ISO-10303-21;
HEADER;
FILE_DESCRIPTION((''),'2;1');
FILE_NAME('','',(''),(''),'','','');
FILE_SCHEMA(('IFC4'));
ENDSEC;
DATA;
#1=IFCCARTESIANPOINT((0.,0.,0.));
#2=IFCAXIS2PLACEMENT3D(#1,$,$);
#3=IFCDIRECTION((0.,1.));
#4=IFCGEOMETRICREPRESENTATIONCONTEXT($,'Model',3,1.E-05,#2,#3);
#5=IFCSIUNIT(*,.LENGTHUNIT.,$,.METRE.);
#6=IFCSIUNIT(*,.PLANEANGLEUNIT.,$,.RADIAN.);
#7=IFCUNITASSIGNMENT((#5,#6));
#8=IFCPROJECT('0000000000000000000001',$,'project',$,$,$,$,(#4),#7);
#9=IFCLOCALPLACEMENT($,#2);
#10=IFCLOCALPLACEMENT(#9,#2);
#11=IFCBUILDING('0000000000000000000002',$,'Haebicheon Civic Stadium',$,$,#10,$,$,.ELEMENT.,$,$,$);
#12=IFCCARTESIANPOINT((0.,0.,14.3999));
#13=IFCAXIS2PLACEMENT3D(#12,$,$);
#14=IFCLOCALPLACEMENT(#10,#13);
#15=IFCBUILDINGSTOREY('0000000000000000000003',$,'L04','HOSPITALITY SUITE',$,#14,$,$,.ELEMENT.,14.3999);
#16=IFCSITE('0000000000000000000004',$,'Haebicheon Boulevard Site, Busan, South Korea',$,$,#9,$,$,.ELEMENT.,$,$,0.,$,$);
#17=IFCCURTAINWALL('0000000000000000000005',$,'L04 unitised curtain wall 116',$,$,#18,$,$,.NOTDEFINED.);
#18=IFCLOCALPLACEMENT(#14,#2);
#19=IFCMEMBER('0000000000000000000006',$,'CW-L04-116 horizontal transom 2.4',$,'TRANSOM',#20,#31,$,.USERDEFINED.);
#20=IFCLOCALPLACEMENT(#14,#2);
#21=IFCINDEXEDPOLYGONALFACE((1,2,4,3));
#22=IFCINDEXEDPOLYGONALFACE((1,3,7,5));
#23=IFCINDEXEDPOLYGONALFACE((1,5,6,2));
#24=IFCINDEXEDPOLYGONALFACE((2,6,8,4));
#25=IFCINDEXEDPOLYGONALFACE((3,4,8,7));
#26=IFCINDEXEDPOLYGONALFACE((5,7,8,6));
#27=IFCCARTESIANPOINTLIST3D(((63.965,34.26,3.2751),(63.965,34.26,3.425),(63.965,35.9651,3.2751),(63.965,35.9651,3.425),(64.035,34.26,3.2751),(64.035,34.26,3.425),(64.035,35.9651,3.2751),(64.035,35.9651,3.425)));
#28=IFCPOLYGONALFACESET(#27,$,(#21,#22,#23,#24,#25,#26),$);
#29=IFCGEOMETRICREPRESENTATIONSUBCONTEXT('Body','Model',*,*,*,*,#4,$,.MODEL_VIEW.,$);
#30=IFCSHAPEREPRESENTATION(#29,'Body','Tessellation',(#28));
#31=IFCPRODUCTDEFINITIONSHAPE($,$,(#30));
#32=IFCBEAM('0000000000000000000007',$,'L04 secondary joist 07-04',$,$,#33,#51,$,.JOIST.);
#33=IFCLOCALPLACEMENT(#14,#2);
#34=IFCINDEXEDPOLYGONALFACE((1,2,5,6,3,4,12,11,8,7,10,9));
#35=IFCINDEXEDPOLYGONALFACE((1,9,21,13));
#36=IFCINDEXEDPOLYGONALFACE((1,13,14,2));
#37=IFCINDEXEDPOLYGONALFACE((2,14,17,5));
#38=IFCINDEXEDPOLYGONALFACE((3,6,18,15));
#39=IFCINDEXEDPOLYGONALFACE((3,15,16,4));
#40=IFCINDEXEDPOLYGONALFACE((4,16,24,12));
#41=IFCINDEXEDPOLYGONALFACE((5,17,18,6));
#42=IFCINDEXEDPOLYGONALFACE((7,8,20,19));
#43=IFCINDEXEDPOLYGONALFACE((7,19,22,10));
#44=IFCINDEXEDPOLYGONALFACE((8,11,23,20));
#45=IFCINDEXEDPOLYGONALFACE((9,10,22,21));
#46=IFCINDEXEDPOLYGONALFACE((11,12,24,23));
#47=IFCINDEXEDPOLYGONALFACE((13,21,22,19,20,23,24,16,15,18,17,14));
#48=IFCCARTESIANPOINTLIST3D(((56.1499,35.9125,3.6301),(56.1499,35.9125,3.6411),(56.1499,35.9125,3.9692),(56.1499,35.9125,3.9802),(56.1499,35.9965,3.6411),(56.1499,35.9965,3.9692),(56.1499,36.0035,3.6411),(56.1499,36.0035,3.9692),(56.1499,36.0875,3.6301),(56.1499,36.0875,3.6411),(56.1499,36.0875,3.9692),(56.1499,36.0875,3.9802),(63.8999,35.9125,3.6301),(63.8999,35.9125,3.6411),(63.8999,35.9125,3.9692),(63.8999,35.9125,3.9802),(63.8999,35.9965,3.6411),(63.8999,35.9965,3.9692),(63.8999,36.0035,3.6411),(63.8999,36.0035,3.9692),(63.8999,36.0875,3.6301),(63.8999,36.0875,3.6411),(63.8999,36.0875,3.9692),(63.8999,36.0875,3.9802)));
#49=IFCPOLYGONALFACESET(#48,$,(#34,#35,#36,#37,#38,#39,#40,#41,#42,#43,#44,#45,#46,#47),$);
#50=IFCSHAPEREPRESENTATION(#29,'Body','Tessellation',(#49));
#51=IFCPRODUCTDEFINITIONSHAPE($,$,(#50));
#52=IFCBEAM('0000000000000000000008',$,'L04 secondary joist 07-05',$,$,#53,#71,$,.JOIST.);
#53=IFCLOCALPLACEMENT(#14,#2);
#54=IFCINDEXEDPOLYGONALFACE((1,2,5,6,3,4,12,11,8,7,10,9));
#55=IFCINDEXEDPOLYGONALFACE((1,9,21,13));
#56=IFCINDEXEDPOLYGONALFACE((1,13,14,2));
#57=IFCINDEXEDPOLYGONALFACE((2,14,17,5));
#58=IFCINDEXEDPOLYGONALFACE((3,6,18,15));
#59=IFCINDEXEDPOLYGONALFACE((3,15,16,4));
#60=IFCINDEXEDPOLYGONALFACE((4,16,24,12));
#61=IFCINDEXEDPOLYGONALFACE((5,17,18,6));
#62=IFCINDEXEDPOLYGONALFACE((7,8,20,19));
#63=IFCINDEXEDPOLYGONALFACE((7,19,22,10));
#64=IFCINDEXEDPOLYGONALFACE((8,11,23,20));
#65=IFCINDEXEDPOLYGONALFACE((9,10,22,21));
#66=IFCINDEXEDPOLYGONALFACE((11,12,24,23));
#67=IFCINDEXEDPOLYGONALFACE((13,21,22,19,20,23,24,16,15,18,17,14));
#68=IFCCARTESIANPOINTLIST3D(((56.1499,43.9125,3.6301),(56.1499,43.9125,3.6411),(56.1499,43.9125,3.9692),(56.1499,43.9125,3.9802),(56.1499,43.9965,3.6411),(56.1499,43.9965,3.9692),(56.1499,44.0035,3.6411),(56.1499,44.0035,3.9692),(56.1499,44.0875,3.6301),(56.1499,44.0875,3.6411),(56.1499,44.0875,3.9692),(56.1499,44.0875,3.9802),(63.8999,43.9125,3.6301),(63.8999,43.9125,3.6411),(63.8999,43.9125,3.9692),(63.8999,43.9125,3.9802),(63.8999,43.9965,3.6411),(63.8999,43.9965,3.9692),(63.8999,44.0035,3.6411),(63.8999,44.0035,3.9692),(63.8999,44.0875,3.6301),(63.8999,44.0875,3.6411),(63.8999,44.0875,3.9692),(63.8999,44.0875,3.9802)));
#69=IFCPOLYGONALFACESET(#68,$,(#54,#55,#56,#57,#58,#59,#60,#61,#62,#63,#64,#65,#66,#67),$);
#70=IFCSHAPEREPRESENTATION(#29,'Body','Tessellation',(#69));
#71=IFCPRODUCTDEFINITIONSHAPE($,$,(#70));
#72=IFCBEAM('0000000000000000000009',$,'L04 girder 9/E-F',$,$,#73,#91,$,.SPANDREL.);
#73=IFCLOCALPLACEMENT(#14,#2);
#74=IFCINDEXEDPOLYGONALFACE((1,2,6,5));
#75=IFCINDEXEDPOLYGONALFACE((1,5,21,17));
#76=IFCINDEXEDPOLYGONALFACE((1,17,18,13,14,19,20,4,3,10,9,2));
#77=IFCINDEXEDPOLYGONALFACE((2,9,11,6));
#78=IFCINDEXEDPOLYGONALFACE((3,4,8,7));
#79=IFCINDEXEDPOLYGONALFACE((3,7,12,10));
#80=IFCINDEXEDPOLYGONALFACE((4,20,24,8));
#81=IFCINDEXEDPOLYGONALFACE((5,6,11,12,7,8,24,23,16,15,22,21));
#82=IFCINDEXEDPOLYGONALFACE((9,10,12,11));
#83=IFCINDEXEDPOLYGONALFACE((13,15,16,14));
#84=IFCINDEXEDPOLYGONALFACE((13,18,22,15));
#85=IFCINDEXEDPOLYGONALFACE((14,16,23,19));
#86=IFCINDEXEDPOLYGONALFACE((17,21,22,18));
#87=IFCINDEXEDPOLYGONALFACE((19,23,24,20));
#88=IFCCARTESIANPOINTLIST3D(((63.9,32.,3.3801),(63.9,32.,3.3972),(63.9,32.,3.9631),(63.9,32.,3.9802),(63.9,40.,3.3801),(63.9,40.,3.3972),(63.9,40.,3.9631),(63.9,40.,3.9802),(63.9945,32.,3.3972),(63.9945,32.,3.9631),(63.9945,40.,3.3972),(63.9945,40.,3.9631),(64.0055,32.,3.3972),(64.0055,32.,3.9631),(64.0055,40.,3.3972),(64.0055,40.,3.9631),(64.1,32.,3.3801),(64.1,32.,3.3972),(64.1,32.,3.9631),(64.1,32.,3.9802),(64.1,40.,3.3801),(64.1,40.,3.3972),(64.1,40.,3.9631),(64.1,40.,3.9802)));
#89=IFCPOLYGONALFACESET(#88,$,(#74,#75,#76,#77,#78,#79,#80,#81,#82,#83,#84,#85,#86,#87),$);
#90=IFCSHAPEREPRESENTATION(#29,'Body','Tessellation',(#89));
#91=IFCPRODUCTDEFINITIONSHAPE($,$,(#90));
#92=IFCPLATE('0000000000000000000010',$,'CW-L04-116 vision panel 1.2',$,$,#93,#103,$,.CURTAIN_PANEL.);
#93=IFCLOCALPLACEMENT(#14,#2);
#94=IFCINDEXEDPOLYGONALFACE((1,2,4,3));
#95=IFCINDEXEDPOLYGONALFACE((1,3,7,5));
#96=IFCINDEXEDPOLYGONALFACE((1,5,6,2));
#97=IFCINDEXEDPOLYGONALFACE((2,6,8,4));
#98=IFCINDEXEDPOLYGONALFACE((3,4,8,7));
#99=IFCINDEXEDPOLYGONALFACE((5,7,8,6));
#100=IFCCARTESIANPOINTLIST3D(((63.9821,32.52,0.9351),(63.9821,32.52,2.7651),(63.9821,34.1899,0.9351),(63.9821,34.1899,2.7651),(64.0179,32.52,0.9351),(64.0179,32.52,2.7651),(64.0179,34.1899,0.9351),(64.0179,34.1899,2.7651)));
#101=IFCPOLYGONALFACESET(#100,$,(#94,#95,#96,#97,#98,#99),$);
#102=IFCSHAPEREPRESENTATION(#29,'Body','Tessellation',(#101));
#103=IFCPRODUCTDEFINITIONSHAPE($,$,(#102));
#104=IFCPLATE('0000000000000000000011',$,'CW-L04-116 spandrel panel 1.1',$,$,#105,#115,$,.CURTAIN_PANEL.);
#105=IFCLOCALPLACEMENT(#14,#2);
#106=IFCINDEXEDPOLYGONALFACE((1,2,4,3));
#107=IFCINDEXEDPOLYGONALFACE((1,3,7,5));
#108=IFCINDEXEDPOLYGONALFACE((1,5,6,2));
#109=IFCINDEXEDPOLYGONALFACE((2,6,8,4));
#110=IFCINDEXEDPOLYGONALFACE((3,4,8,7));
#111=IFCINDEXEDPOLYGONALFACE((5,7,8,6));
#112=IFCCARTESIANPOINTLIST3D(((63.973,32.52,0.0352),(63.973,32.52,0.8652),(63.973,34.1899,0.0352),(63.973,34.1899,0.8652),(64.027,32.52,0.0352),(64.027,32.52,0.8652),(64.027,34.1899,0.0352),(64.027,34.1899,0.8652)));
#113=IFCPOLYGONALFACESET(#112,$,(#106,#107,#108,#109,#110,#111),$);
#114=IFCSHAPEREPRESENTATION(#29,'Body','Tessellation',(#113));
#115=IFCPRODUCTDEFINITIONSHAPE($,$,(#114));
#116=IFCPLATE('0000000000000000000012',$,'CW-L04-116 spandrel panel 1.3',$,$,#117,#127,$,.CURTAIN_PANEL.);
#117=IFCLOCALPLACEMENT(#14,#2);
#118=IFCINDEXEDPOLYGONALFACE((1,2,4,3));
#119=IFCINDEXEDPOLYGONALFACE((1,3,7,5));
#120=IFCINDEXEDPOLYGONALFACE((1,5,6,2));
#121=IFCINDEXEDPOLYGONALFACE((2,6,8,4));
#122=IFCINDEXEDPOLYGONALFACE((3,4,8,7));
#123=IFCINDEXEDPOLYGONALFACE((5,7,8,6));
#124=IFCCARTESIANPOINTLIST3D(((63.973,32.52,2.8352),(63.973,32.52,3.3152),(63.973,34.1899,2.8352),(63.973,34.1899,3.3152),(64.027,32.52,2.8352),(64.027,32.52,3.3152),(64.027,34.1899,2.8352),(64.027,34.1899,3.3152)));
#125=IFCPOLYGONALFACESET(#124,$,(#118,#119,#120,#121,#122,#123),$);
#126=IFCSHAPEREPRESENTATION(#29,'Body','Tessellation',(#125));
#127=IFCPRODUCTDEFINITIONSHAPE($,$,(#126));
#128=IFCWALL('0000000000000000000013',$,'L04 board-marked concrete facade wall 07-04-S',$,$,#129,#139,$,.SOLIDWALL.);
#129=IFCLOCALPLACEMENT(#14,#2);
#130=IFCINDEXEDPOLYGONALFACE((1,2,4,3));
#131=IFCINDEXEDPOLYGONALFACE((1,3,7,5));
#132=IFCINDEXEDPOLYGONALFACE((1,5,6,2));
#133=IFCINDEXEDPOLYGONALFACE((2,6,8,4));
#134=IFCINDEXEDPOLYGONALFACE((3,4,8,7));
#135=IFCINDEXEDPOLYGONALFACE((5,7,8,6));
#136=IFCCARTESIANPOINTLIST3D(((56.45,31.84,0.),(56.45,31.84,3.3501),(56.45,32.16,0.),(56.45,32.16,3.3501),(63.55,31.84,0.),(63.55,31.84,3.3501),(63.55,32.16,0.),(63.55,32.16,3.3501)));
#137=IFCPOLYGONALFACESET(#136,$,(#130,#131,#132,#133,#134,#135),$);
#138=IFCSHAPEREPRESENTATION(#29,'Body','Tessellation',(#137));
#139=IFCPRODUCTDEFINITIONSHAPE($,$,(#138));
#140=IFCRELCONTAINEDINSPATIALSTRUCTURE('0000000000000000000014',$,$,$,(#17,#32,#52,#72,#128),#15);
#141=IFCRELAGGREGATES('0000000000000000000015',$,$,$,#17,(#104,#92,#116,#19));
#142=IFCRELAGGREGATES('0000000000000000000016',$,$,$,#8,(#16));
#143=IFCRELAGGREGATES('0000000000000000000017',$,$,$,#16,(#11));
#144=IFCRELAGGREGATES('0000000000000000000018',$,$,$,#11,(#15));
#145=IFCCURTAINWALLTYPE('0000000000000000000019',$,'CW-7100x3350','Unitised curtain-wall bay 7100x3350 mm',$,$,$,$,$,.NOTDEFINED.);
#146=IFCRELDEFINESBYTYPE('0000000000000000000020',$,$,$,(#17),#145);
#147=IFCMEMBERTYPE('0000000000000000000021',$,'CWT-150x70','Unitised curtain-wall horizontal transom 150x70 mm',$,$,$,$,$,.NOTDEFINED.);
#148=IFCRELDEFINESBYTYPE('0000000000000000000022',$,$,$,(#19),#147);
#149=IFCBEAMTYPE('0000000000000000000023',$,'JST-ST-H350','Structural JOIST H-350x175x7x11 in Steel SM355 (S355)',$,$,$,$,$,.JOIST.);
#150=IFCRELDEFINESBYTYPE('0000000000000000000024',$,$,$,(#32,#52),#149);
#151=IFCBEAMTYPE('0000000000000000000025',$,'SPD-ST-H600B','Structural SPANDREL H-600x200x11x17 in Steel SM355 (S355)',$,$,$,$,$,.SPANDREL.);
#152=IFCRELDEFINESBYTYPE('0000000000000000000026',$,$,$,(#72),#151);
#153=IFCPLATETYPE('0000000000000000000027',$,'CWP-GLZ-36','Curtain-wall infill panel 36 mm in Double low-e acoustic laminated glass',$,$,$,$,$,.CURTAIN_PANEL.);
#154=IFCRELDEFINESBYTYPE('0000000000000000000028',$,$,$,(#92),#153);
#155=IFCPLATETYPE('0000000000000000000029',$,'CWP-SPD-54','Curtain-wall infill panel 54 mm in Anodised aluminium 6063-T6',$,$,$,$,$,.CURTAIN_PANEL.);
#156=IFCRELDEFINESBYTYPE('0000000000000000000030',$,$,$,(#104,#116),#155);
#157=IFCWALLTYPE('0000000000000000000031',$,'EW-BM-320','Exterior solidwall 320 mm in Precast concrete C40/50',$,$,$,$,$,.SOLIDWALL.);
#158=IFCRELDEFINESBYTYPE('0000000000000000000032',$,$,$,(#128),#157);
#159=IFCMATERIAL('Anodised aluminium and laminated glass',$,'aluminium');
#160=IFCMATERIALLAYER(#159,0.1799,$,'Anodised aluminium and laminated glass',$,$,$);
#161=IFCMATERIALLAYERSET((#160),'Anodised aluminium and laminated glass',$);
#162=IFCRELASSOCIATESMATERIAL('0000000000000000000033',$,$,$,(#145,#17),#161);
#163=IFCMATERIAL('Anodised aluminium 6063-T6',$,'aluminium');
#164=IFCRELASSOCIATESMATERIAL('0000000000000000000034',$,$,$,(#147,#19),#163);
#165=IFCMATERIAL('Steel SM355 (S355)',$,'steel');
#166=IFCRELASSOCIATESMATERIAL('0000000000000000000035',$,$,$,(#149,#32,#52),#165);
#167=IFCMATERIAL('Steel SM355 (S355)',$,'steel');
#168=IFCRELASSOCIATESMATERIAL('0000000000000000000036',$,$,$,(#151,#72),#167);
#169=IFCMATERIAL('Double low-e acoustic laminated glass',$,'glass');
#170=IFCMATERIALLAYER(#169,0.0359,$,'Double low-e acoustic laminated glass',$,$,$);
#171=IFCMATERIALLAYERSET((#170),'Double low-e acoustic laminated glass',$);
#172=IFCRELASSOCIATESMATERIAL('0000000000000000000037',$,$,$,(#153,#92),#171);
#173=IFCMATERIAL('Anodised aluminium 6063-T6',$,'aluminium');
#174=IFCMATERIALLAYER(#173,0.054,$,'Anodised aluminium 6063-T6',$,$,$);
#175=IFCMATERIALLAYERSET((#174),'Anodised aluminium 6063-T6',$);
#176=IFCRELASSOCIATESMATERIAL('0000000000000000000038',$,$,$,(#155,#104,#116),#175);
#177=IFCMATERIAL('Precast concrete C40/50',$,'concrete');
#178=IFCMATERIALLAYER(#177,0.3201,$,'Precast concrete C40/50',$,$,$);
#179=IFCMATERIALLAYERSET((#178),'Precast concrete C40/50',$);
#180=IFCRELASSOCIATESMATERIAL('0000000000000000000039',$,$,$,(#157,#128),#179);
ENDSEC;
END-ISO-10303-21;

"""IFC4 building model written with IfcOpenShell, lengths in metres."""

from ifc_helpers import new_model, si_unit, direction, frame, frame_2d, origin, origin_2d, place, context, subcontext, project, spatial, rectangle, i_section, extrude, material, layer, layer_set, material_profile, profile_set, type_object, element, aggregate, save


model = new_model("IFC4")

# Units and contexts
model_context = context("Model", 3, precision=1e-05, world=origin(), true_north=direction((0.0, 1.0)))
body_context = subcontext(model_context, "Body", "Model", "MODEL_VIEW")
ifc_project = project(units=[si_unit("LENGTHUNIT", "METRE"), si_unit("PLANEANGLEUNIT", "RADIAN")], contexts=[model_context])

# Site, building, storey
site_placement = place(None, origin())
site = spatial("IfcSite", under=ifc_project, at=site_placement, Name="Haebicheon Boulevard Site, Busan, South Korea", CompositionType="ELEMENT", RefElevation=0.0)
building_placement = place(site_placement, origin())
building = spatial("IfcBuilding", under=site, at=building_placement, Name="Haebicheon Civic Stadium", CompositionType="ELEMENT")
storey_placement = place(building_placement, frame((0.0, 0.0, 14.3999)))
storey = spatial("IfcBuildingStorey", under=building, at=storey_placement, Name="L04", Description="HOSPITALITY SUITE", CompositionType="ELEMENT", Elevation=14.3999)

# Curtain wall, member
ifc_material_1 = material(Name="Anodised aluminium and laminated glass", Category="aluminium")
ifc_layer_1 = layer(ifc_material_1, 0.1799, Name="Anodised aluminium and laminated glass")
ifc_layer_set_1 = layer_set([ifc_layer_1], Name="Anodised aluminium and laminated glass")
curtain_wall_type = type_object("IfcCurtainWallType", Name="CW-7100x3350", Description="Unitised curtain-wall bay 7100x3350 mm", PredefinedType="NOTDEFINED", material=ifc_layer_set_1)
curtain_wall_placement = place(storey_placement, origin())
curtain_wall = element("IfcCurtainWall", 1, at=curtain_wall_placement, inside=storey, type_object=curtain_wall_type, material=ifc_layer_set_1, Name="L04 unitised curtain wall 116", PredefinedType="NOTDEFINED")
ifc_material_2 = material(Name="Anodised aluminium 6063-T6", Category="aluminium")
ifc_material_profile_1 = material_profile(ifc_material_2, rectangle(XDim=0.0701, YDim=0.1499, at=origin_2d()), Name="ALU-TRAN-70x150")
ifc_profile_set_1 = profile_set([ifc_material_profile_1], Name="Anodised aluminium 6063-T6")
member_type_1 = type_object("IfcMemberType", Name="CWT-150x70", Description="Unitised curtain-wall horizontal transom 150x70 mm", PredefinedType="NOTDEFINED", material=ifc_profile_set_1)
member_1_placement = place(storey_placement, frame((64.0, 34.26, 3.3501), z_axis=(0.0, 1.0, 0.0), x_axis=(-1.0, 0.0, 0.0)))
member_1 = element("IfcMember", 2, at=member_1_placement, type_object=member_type_1, material=ifc_profile_set_1, Name="CW-L04-116 horizontal transom 2.4", ObjectType="TRANSOM", PredefinedType="USERDEFINED", context=body_context, shape_type="SweptSolid", body=[
    extrude(rectangle(XDim=0.0701, YDim=0.1499, at=origin_2d()), origin(), (0.0, 0.0, 1.0), 1.7051),
])

# Beams
ifc_material_3 = material(Name="Steel SM355 (S355)", Category="steel")
ifc_material_profile_2 = material_profile(ifc_material_3, i_section(OverallWidth=0.175, OverallDepth=0.3501, WebThickness=0.0071, FlangeThickness=0.011, at=origin_2d()), Name="H-350x175x7x11")
ifc_profile_set_2 = profile_set([ifc_material_profile_2], Name="Steel SM355 (S355)")
beam_type_1 = type_object("IfcBeamType", Name="JST-ST-H350", Description="Structural JOIST H-350x175x7x11 in Steel SM355 (S355)", PredefinedType="JOIST", material=ifc_profile_set_2)
for number, where, z_axis, x_axis, name in (
    (3, (56.1499, 36.0, 3.8052), (1.0, 0.0, 0.0), (0.0, 1.0, 0.0), "L04 secondary joist 07-04"),
    (4, (56.1499, 44.0, 3.8052), (1.0, 0.0, 0.0), (0.0, 1.0, 0.0), "L04 secondary joist 07-05"),
):
    element("IfcBeam", number, at=place(storey_placement, frame(where, z_axis=z_axis, x_axis=x_axis)), inside=storey, type_object=beam_type_1, material=ifc_profile_set_2, Name=name, PredefinedType="JOIST", context=body_context, shape_type="SweptSolid", body=[
        extrude(i_section(OverallWidth=0.175, OverallDepth=0.3501, WebThickness=0.0071, FlangeThickness=0.011, at=origin_2d()), origin(), (0.0, 0.0, 1.0), 7.75),
    ])
ifc_material_4 = material(Name="Steel SM355 (S355)", Category="steel")
ifc_material_profile_3 = material_profile(ifc_material_4, i_section(OverallWidth=0.2, OverallDepth=0.6001, WebThickness=0.011, FlangeThickness=0.0171, at=origin_2d()), Name="H-600x200x11x17")
ifc_profile_set_3 = profile_set([ifc_material_profile_3], Name="Steel SM355 (S355)")
beam_type_2 = type_object("IfcBeamType", Name="SPD-ST-H600B", Description="Structural SPANDREL H-600x200x11x17 in Steel SM355 (S355)", PredefinedType="SPANDREL", material=ifc_profile_set_3)
beam_1_placement = place(storey_placement, frame((64.0, 32.0, 3.6802), z_axis=(0.0, 1.0, 0.0), x_axis=(-1.0, 0.0, 0.0)))
element("IfcBeam", 5, at=beam_1_placement, inside=storey, type_object=beam_type_2, material=ifc_profile_set_3, Name="L04 girder 9/E-F", PredefinedType="SPANDREL", context=body_context, shape_type="SweptSolid", body=[
    extrude(i_section(OverallWidth=0.2, OverallDepth=0.6001, WebThickness=0.011, FlangeThickness=0.0171, at=origin_2d()), origin(), (0.0, 0.0, 1.0), 8.0),
])

# Plates
ifc_material_5 = material(Name="Double low-e acoustic laminated glass", Category="glass")
ifc_layer_2 = layer(ifc_material_5, 0.0359, Name="Double low-e acoustic laminated glass")
ifc_layer_set_2 = layer_set([ifc_layer_2], Name="Double low-e acoustic laminated glass")
plate_type_1 = type_object("IfcPlateType", Name="CWP-GLZ-36", Description="Curtain-wall infill panel 36 mm in Double low-e acoustic laminated glass", PredefinedType="CURTAIN_PANEL", material=ifc_layer_set_2)
plate_1_placement = place(storey_placement, frame((64.0, 33.355, 0.9351), z_axis=(0.0, 0.0, 1.0), x_axis=(0.0, 1.0, 0.0)))
plate_1 = element("IfcPlate", 6, at=plate_1_placement, type_object=plate_type_1, material=ifc_layer_set_2, Name="CW-L04-116 vision panel 1.2", PredefinedType="CURTAIN_PANEL", context=body_context, shape_type="SweptSolid", body=[
    extrude(rectangle(XDim=1.6699, YDim=0.0359, at=origin_2d()), origin(), (0.0, 0.0, 1.0), 1.8301),
])
ifc_material_6 = material(Name="Anodised aluminium 6063-T6", Category="aluminium")
ifc_layer_3 = layer(ifc_material_6, 0.054, Name="Anodised aluminium 6063-T6")
ifc_layer_set_3 = layer_set([ifc_layer_3], Name="Anodised aluminium 6063-T6")
plate_type_2 = type_object("IfcPlateType", Name="CWP-SPD-54", Description="Curtain-wall infill panel 54 mm in Anodised aluminium 6063-T6", PredefinedType="CURTAIN_PANEL", material=ifc_layer_set_3)
plate_2_placement = place(storey_placement, frame((64.0, 33.355, 0.0352), z_axis=(0.0, 0.0, 1.0), x_axis=(0.0, 1.0, 0.0)))
plate_2 = element("IfcPlate", 7, at=plate_2_placement, type_object=plate_type_2, material=ifc_layer_set_3, Name="CW-L04-116 spandrel panel 1.1", PredefinedType="CURTAIN_PANEL", context=body_context, shape_type="SweptSolid", body=[
    extrude(rectangle(XDim=1.6699, YDim=0.054, at=origin_2d()), origin(), (0.0, 0.0, 1.0), 0.8301),
])
plate_3_placement = place(storey_placement, frame((64.0, 33.355, 2.8352), z_axis=(0.0, 0.0, 1.0), x_axis=(0.0, 1.0, 0.0)))
plate_3 = element("IfcPlate", 8, at=plate_3_placement, type_object=plate_type_2, material=ifc_layer_set_3, Name="CW-L04-116 spandrel panel 1.3", PredefinedType="CURTAIN_PANEL", context=body_context, shape_type="SweptSolid", body=[
    extrude(rectangle(XDim=1.6699, YDim=0.054, at=origin_2d()), origin(), (0.0, 0.0, 1.0), 0.48),
])
aggregate(curtain_wall, [plate_2, plate_1, plate_3, member_1])

# Wall
ifc_material_7 = material(Name="Precast concrete C40/50", Category="concrete")
ifc_layer_4 = layer(ifc_material_7, 0.3201, Name="Precast concrete C40/50")
ifc_layer_set_4 = layer_set([ifc_layer_4], Name="Precast concrete C40/50")
wall_type = type_object("IfcWallType", Name="EW-BM-320", Description="Exterior solidwall 320 mm in Precast concrete C40/50", PredefinedType="SOLIDWALL", material=ifc_layer_set_4)
wall_placement = place(storey_placement, frame((56.45, 32.0, 0.0), z_axis=(0.0, 0.0, 1.0), x_axis=(1.0, 0.0, 0.0)))
element("IfcWall", 9, at=wall_placement, inside=storey, type_object=wall_type, material=ifc_layer_set_4, Name="L04 board-marked concrete facade wall 07-04-S", PredefinedType="SOLIDWALL", context=body_context, shape_type="SweptSolid", body=[
    extrude(rectangle(XDim=7.1001, YDim=0.3201, at=frame_2d((3.55, 0.0))), origin(), (0.0, 0.0, 1.0), 3.3501),
])

save(model, "model.ifc")
